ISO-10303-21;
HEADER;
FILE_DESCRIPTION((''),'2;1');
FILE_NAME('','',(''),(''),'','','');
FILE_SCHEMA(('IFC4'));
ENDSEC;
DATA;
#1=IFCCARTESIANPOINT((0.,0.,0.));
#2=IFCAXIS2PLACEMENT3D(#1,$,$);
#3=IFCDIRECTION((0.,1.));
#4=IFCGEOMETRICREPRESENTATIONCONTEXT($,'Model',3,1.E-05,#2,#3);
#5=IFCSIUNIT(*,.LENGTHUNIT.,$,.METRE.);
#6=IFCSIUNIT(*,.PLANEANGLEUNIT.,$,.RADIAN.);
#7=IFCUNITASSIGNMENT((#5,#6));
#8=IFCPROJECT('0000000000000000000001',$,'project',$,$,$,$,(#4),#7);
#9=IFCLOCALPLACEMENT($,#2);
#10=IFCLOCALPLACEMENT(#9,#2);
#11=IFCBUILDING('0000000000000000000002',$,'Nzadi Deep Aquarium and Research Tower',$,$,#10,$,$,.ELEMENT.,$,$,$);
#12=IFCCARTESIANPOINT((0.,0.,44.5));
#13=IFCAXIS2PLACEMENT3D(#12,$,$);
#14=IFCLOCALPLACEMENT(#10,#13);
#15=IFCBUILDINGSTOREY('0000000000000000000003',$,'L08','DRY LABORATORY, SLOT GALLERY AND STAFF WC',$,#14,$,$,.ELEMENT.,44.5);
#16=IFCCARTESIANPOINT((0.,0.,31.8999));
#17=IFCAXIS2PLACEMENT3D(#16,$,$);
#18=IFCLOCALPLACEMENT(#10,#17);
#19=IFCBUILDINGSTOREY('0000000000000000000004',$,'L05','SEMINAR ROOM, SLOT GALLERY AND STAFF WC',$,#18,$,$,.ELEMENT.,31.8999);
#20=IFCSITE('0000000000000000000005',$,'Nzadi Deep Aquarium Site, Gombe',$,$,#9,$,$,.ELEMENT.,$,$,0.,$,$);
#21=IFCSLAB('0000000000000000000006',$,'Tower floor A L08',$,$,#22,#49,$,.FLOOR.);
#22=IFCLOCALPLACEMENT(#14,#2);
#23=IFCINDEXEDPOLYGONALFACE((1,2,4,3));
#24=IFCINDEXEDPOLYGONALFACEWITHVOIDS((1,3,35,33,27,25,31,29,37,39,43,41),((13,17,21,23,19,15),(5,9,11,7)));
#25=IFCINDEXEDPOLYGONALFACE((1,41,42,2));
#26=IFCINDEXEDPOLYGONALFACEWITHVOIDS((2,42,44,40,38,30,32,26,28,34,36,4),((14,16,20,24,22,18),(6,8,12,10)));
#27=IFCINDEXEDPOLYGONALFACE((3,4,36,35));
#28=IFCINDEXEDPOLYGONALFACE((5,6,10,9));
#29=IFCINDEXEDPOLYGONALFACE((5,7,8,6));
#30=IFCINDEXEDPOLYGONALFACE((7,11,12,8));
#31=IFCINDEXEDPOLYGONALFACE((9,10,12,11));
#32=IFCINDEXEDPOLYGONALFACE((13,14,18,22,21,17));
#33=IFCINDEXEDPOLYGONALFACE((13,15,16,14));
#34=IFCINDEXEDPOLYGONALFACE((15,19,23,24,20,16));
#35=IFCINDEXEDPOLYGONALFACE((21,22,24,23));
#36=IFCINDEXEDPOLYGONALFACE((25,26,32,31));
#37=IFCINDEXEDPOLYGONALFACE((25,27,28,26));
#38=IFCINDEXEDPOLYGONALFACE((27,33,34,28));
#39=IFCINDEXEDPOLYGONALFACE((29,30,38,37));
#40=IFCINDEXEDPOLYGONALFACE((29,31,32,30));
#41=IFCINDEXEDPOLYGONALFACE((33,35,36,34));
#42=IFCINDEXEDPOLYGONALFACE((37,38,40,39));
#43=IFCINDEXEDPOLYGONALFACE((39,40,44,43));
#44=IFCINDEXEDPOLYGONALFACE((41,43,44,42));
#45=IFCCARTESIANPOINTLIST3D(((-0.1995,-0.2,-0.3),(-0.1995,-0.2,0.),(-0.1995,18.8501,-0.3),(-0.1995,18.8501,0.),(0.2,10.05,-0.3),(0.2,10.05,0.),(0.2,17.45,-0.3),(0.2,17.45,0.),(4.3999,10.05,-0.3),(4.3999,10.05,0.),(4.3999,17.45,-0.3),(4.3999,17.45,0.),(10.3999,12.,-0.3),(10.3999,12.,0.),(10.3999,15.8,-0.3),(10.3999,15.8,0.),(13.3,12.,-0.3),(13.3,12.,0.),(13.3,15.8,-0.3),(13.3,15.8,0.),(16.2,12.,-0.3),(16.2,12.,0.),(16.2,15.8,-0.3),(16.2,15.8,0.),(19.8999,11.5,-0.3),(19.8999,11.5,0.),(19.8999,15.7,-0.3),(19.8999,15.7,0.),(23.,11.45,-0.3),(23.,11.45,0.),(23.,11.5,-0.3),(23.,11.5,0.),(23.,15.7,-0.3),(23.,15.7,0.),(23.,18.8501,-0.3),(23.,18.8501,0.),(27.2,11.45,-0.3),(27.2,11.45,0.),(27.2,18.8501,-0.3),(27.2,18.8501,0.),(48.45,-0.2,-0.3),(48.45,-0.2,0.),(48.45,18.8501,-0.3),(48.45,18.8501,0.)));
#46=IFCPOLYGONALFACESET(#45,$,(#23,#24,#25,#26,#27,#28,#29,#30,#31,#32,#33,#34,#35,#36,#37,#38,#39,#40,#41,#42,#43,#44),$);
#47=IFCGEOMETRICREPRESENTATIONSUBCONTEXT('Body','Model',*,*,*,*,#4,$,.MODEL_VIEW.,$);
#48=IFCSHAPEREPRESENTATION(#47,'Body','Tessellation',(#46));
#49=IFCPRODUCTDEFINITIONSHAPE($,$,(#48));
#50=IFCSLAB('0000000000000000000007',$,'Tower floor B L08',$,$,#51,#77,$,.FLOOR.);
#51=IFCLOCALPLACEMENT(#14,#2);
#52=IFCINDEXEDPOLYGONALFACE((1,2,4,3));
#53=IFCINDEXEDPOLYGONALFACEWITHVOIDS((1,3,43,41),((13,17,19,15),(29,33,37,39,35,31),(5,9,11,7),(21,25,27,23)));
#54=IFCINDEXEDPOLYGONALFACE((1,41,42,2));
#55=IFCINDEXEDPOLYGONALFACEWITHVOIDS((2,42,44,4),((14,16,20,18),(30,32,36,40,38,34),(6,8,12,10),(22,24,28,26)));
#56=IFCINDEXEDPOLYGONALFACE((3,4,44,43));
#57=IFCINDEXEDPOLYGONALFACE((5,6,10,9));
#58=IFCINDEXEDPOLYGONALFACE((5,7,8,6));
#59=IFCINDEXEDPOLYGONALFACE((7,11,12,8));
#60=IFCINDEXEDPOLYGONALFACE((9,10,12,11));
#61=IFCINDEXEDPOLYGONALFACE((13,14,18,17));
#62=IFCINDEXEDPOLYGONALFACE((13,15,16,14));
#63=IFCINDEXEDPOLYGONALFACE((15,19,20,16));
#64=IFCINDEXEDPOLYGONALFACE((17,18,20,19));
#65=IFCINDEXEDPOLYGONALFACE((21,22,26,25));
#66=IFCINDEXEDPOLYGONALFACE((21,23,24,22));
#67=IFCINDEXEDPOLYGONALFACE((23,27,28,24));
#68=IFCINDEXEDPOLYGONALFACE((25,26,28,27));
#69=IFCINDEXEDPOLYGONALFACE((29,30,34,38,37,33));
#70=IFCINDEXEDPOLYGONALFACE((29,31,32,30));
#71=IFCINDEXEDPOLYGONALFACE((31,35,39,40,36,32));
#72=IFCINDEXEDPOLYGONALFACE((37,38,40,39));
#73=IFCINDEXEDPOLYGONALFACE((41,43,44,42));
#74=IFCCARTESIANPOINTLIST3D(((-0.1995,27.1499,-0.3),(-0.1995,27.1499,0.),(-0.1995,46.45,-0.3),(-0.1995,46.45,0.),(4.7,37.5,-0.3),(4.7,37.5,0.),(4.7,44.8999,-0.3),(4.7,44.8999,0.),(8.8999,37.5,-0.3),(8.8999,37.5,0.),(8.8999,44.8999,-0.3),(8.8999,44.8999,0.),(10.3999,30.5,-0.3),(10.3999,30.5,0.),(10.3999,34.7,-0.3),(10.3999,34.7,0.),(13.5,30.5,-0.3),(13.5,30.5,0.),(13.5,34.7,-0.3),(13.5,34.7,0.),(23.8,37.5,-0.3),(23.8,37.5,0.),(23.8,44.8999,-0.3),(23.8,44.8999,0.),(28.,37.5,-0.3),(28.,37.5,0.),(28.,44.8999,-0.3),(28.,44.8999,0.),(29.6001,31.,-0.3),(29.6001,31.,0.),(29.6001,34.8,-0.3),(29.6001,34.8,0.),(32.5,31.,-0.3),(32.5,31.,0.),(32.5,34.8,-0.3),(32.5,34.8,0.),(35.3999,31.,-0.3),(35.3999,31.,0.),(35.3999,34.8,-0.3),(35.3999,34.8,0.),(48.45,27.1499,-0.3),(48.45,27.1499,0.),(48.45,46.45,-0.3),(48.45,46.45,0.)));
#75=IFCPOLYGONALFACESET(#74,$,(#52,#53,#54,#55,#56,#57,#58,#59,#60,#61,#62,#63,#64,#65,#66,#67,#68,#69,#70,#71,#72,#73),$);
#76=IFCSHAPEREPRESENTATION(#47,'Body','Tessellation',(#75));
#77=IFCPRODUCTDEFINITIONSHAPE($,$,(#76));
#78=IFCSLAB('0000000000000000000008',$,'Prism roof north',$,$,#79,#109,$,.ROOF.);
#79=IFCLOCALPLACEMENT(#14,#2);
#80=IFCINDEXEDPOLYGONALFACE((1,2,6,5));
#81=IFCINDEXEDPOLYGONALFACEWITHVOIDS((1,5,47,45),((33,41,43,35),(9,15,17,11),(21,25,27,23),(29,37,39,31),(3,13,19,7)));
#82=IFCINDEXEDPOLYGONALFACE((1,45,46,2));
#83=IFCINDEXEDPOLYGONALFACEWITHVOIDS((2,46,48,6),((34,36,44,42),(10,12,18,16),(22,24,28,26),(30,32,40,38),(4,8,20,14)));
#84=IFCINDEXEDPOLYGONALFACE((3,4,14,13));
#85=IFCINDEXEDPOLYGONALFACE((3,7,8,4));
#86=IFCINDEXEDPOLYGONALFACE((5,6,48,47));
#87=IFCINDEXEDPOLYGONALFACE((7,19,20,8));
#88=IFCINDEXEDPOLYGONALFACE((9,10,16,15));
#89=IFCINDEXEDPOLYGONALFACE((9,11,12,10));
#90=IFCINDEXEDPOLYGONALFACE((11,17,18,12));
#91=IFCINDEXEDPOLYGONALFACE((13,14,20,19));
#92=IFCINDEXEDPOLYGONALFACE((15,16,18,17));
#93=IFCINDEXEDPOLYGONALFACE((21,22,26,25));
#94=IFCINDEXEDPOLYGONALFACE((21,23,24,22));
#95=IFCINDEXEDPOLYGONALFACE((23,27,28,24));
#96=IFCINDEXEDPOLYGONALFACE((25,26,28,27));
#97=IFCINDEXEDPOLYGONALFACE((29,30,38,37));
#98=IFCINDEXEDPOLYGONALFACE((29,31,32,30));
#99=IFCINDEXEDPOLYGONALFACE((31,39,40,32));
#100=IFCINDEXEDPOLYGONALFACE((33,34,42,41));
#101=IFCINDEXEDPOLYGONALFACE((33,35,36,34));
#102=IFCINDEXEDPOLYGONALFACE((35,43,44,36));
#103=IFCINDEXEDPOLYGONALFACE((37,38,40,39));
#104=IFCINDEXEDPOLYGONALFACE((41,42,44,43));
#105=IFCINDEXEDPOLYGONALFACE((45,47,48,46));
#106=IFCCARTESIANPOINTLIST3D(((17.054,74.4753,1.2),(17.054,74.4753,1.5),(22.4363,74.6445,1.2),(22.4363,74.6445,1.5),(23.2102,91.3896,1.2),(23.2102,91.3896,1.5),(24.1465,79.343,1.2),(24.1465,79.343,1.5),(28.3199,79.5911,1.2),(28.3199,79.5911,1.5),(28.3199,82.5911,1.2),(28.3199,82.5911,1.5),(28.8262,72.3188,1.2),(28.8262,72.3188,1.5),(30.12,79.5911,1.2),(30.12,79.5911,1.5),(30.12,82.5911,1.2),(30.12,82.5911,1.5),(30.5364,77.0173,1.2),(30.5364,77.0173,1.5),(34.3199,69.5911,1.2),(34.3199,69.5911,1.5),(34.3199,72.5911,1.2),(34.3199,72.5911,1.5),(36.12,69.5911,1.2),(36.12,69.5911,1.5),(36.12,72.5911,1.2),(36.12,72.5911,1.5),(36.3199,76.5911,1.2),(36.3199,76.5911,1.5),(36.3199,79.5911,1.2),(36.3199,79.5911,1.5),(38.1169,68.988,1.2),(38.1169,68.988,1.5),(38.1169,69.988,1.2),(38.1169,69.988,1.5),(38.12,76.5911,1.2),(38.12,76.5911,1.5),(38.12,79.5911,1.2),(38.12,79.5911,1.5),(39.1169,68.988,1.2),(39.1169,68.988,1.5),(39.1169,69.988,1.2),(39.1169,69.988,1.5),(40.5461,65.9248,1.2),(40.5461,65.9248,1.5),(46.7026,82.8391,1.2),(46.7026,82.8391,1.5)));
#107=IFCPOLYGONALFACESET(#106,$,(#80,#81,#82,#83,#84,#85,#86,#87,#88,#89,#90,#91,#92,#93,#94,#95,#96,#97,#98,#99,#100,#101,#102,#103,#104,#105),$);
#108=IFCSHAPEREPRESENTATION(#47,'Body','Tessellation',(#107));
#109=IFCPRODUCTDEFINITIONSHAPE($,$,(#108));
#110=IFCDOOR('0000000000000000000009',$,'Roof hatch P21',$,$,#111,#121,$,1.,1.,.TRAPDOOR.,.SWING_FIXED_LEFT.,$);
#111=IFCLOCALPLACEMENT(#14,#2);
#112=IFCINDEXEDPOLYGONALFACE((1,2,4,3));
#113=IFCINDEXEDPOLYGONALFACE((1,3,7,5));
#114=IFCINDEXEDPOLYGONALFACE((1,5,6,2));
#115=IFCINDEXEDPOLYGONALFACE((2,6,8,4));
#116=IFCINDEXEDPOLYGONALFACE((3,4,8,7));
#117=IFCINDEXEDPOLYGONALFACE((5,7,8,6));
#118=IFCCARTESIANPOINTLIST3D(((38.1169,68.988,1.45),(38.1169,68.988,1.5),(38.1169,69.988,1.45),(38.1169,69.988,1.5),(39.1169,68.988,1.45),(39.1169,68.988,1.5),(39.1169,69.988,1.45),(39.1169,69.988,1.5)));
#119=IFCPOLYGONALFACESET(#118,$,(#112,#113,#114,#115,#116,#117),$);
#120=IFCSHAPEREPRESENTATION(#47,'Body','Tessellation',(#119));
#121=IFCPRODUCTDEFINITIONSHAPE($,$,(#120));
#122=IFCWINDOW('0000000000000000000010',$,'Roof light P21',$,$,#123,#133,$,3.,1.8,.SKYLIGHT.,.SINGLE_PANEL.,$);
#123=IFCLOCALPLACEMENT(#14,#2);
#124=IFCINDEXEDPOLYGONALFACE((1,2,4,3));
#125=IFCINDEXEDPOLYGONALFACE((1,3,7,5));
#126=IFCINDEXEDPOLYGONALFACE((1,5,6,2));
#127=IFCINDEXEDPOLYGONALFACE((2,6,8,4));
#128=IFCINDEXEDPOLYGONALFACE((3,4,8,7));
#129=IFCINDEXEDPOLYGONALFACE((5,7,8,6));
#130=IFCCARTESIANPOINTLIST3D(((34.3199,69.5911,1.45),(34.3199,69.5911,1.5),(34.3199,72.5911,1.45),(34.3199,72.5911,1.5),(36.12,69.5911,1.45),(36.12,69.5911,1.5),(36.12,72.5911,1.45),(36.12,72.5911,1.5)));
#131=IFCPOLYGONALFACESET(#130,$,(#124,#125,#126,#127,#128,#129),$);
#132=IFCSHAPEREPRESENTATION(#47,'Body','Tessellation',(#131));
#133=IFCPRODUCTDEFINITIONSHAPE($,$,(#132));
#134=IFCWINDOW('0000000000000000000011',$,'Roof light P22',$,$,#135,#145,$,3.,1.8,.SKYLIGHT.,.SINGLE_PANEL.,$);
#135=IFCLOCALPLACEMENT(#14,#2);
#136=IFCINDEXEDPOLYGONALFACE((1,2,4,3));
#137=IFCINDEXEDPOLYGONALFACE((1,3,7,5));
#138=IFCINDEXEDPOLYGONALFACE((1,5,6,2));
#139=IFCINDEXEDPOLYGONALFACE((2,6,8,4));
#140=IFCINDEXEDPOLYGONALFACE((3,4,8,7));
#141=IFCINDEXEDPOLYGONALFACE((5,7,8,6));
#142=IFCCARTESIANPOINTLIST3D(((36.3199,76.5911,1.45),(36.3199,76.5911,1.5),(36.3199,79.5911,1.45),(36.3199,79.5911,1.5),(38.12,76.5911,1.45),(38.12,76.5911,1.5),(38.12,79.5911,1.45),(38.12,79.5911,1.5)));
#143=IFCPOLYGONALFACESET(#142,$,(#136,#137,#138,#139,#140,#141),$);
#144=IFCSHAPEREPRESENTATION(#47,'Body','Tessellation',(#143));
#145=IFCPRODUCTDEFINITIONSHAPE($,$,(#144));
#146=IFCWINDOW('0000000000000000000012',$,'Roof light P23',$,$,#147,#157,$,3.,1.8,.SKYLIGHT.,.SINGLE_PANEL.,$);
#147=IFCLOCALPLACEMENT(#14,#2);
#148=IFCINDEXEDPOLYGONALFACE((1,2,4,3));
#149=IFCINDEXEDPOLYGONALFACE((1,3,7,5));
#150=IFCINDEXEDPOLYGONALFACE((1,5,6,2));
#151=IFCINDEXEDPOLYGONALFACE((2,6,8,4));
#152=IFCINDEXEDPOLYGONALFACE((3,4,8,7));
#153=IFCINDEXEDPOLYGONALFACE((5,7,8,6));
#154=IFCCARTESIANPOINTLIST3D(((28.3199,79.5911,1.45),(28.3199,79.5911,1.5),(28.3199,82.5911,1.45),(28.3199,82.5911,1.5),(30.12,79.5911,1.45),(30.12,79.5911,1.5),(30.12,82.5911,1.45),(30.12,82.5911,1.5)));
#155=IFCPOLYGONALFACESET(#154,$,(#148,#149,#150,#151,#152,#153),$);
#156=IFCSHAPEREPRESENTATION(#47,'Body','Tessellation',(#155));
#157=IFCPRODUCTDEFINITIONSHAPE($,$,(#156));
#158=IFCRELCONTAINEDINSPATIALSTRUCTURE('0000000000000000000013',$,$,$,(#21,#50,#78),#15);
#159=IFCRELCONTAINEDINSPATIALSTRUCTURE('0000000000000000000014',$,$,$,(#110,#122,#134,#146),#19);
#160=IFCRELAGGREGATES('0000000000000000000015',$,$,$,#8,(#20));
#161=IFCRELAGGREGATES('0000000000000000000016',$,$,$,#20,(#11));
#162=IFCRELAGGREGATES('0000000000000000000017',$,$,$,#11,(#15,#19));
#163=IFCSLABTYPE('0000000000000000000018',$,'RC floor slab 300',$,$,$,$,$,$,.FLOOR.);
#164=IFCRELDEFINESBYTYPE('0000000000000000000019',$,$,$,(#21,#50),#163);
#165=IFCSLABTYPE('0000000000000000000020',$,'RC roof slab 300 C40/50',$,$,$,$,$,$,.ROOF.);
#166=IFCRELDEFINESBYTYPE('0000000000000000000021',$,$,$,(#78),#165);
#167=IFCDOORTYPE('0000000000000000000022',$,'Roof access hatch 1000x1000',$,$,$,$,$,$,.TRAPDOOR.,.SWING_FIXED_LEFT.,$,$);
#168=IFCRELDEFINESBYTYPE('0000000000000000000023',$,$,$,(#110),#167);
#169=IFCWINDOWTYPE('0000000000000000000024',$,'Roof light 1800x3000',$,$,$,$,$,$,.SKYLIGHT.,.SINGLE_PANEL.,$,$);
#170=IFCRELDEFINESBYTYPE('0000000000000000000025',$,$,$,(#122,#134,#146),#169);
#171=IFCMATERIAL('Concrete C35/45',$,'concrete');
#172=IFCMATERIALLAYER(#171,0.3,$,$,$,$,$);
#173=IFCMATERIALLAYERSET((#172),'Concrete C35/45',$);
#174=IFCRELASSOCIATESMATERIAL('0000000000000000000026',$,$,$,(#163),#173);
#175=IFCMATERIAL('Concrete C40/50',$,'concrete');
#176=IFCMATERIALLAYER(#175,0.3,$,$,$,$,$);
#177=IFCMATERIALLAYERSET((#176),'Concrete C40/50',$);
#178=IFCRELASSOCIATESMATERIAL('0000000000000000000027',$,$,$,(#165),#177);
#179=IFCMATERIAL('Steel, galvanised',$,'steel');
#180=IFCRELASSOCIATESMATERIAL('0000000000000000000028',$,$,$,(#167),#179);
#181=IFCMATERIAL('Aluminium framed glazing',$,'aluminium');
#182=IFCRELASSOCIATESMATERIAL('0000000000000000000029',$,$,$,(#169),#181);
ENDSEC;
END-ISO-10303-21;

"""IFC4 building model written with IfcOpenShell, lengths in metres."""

from ifc_helpers import new_model, si_unit, direction, frame, origin, origin_2d, place, context, subcontext, project, spatial, polyline, rectangle, outline, extrude, material, layer, layer_set, type_object, element, fill, save


model = new_model("IFC4")

# Units and contexts
model_context = context("Model", 3, precision=1e-05, world=origin(), true_north=direction((0.0, 1.0)))
body_context = subcontext(model_context, "Body", "Model", "MODEL_VIEW")
ifc_project = project(units=[si_unit("LENGTHUNIT", "METRE"), si_unit("PLANEANGLEUNIT", "RADIAN")], contexts=[model_context])

# Site, building, storey
site_placement = place(None, origin())
site = spatial("IfcSite", under=ifc_project, at=site_placement, Name="Nzadi Deep Aquarium Site, Gombe", CompositionType="ELEMENT", RefElevation=0.0)
building_placement = place(site_placement, origin())
building = spatial("IfcBuilding", under=site, at=building_placement, Name="Nzadi Deep Aquarium and Research Tower", CompositionType="ELEMENT")
storey_1_placement = place(building_placement, frame((0.0, 0.0, 44.5)))
storey_1 = spatial("IfcBuildingStorey", under=building, at=storey_1_placement, Name="L08", Description="DRY LABORATORY, SLOT GALLERY AND STAFF WC", CompositionType="ELEMENT", Elevation=44.5)

# Slabs
ifc_material_1 = material(Name="Concrete C35/45", Category="concrete")
ifc_layer_1 = layer(ifc_material_1, 0.3)
ifc_layer_set_1 = layer_set([ifc_layer_1], Name="Concrete C35/45")
slab_type_1 = type_object("IfcSlabType", Name="RC floor slab 300", PredefinedType="FLOOR", material=ifc_layer_set_1)
slab_1_placement = place(storey_1_placement, frame((0.0, 0.0, -0.3)))
element("IfcSlab", 1, at=slab_1_placement, inside=storey_1, type_object=slab_type_1, Name="Tower floor A L08", PredefinedType="FLOOR", context=body_context, shape_type="SweptSolid", body=[
    extrude(outline(polyline([(27.2, 11.45), (23.0, 11.45), (23.0, 11.5), (19.8999, 11.5), (19.8999, 15.7), (23.0, 15.7), (23.0, 18.8501), (-0.1995, 18.8501), (-0.1995, -0.2), (48.45, -0.2), (48.45, 18.8501), (27.2, 18.8501), (27.2, 11.45)]), holes=[polyline([(4.3999, 17.45), (4.3999, 10.05), (0.2, 10.05), (0.2, 17.45), (4.3999, 17.45)]), polyline([(10.3999, 12.0), (10.3999, 15.8), (13.3, 15.8), (16.2, 15.8), (16.2, 12.0), (13.3, 12.0), (10.3999, 12.0)])]), origin(), (0.0, 0.0, 1.0), 0.3),
])
slab_2_placement = place(storey_1_placement, frame((0.0, 0.0, -0.3)))
element("IfcSlab", 2, at=slab_2_placement, inside=storey_1, type_object=slab_type_1, Name="Tower floor B L08", PredefinedType="FLOOR", context=body_context, shape_type="SweptSolid", body=[
    extrude(outline(polyline([(-0.1995, 27.1499), (48.45, 27.1499), (48.45, 46.45), (-0.1995, 46.45), (-0.1995, 27.1499)]), holes=[polyline([(8.8999, 44.8999), (8.8999, 37.5), (4.7, 37.5), (4.7, 44.8999), (8.8999, 44.8999)]), polyline([(28.0, 37.5), (23.8, 37.5), (23.8, 44.8999), (28.0, 44.8999), (28.0, 37.5)]), polyline([(10.3999, 30.5), (10.3999, 34.7), (13.5, 34.7), (13.5, 30.5), (10.3999, 30.5)]), polyline([(29.6001, 34.8), (32.5, 34.8), (35.3999, 34.8), (35.3999, 31.0), (32.5, 31.0), (29.6001, 31.0), (29.6001, 34.8)])]), origin(), (0.0, 0.0, 1.0), 0.3),
])

# Slab, openings
ifc_material_2 = material(Name="Concrete C40/50", Category="concrete")
ifc_layer_2 = layer(ifc_material_2, 0.3)
ifc_layer_set_2 = layer_set([ifc_layer_2], Name="Concrete C40/50")
slab_type_2 = type_object("IfcSlabType", Name="RC roof slab 300 C40/50", PredefinedType="ROOF", material=ifc_layer_set_2)
slab_3_placement = place(storey_1_placement, frame((0.0, 0.0, 1.2)))
slab_3 = element("IfcSlab", 3, at=slab_3_placement, inside=storey_1, type_object=slab_type_2, Name="Prism roof north", PredefinedType="ROOF", context=body_context, shape_type="SweptSolid", body=[
    extrude(outline(polyline([(23.2102, 91.3896), (17.054, 74.4753), (40.5461, 65.9248), (46.7026, 82.8391), (23.2102, 91.3896)]), holes=[polyline([(28.8262, 72.3188), (22.4363, 74.6445), (24.1465, 79.343), (30.5364, 77.0173), (28.8262, 72.3188)])]), origin(), (0.0, 0.0, 1.0), 0.3),
])
opening_1_placement = place(slab_3_placement, frame((35.22, 71.0911, 0.0)))
opening_1 = element("IfcOpeningElement", 4, at=opening_1_placement, cuts=slab_3, PredefinedType="OPENING", context=body_context, shape_type="SweptSolid", body=[
    extrude(rectangle(XDim=1.8, YDim=3.0, at=origin_2d()), origin(), (0.0, 0.0, 1.0), 0.3),
])
opening_2_placement = place(slab_3_placement, frame((37.22, 78.0911, 0.0)))
opening_2 = element("IfcOpeningElement", 5, at=opening_2_placement, cuts=slab_3, PredefinedType="OPENING", context=body_context, shape_type="SweptSolid", body=[
    extrude(rectangle(XDim=1.8, YDim=3.0, at=origin_2d()), origin(), (0.0, 0.0, 1.0), 0.3),
])
opening_3_placement = place(slab_3_placement, frame((29.22, 81.0911, 0.0)))
opening_3 = element("IfcOpeningElement", 6, at=opening_3_placement, cuts=slab_3, PredefinedType="OPENING", context=body_context, shape_type="SweptSolid", body=[
    extrude(rectangle(XDim=1.8, YDim=3.0, at=origin_2d()), origin(), (0.0, 0.0, 1.0), 0.3),
])
opening_4_placement = place(slab_3_placement, frame((38.6169, 69.488, 0.0)))
opening_4 = element("IfcOpeningElement", 7, at=opening_4_placement, cuts=slab_3, PredefinedType="OPENING", context=body_context, shape_type="SweptSolid", body=[
    extrude(rectangle(XDim=1.0, YDim=1.0, at=origin_2d()), origin(), (0.0, 0.0, 1.0), 0.3),
])

# Shared definitions
storey_2_placement = place(building_placement, frame((0.0, 0.0, 31.8999)))
storey_2 = spatial("IfcBuildingStorey", under=building, at=storey_2_placement, Name="L05", Description="SEMINAR ROOM, SLOT GALLERY AND STAFF WC", CompositionType="ELEMENT", Elevation=31.8999)

# Door
ifc_material_3 = material(Name="Steel, galvanised", Category="steel")
door_type = type_object("IfcDoorType", Name="Roof access hatch 1000x1000", OperationType="SWING_FIXED_LEFT", PredefinedType="TRAPDOOR", material=ifc_material_3)
door_placement = place(opening_4_placement, frame((0.0, 0.0, 0.25)))
door = element("IfcDoor", 8, at=door_placement, inside=storey_2, type_object=door_type, Name="Roof hatch P21", OperationType="SWING_FIXED_LEFT", OverallHeight=1.0, OverallWidth=1.0, PredefinedType="TRAPDOOR", context=body_context, shape_type="SweptSolid", body=[
    extrude(rectangle(XDim=1.0, YDim=1.0, at=origin_2d()), origin(), (0.0, 0.0, 1.0), 0.05),
])
fill(opening_4, door)

# Windows
ifc_material_4 = material(Name="Aluminium framed glazing", Category="aluminium")
window_type = type_object("IfcWindowType", Name="Roof light 1800x3000", PartitioningType="SINGLE_PANEL", PredefinedType="SKYLIGHT", material=ifc_material_4)
window_1_placement = place(opening_1_placement, frame((0.0, 0.0, 0.25)))
window_1 = element("IfcWindow", 9, at=window_1_placement, inside=storey_2, type_object=window_type, Name="Roof light P21", OverallHeight=3.0, OverallWidth=1.8, PartitioningType="SINGLE_PANEL", PredefinedType="SKYLIGHT", context=body_context, shape_type="SweptSolid", body=[
    extrude(rectangle(XDim=1.8, YDim=3.0, at=origin_2d()), origin(), (0.0, 0.0, 1.0), 0.05),
])
fill(opening_1, window_1)
window_2_placement = place(opening_2_placement, frame((0.0, 0.0, 0.25)))
window_2 = element("IfcWindow", 10, at=window_2_placement, inside=storey_2, type_object=window_type, Name="Roof light P22", OverallHeight=3.0, OverallWidth=1.8, PartitioningType="SINGLE_PANEL", PredefinedType="SKYLIGHT", context=body_context, shape_type="SweptSolid", body=[
    extrude(rectangle(XDim=1.8, YDim=3.0, at=origin_2d()), origin(), (0.0, 0.0, 1.0), 0.05),
])
fill(opening_2, window_2)
window_3_placement = place(opening_3_placement, frame((0.0, 0.0, 0.25)))
window_3 = element("IfcWindow", 11, at=window_3_placement, inside=storey_2, type_object=window_type, Name="Roof light P23", OverallHeight=3.0, OverallWidth=1.8, PartitioningType="SINGLE_PANEL", PredefinedType="SKYLIGHT", context=body_context, shape_type="SweptSolid", body=[
    extrude(rectangle(XDim=1.8, YDim=3.0, at=origin_2d()), origin(), (0.0, 0.0, 1.0), 0.05),
])
fill(opening_3, window_3)

save(model, "model.ifc")
